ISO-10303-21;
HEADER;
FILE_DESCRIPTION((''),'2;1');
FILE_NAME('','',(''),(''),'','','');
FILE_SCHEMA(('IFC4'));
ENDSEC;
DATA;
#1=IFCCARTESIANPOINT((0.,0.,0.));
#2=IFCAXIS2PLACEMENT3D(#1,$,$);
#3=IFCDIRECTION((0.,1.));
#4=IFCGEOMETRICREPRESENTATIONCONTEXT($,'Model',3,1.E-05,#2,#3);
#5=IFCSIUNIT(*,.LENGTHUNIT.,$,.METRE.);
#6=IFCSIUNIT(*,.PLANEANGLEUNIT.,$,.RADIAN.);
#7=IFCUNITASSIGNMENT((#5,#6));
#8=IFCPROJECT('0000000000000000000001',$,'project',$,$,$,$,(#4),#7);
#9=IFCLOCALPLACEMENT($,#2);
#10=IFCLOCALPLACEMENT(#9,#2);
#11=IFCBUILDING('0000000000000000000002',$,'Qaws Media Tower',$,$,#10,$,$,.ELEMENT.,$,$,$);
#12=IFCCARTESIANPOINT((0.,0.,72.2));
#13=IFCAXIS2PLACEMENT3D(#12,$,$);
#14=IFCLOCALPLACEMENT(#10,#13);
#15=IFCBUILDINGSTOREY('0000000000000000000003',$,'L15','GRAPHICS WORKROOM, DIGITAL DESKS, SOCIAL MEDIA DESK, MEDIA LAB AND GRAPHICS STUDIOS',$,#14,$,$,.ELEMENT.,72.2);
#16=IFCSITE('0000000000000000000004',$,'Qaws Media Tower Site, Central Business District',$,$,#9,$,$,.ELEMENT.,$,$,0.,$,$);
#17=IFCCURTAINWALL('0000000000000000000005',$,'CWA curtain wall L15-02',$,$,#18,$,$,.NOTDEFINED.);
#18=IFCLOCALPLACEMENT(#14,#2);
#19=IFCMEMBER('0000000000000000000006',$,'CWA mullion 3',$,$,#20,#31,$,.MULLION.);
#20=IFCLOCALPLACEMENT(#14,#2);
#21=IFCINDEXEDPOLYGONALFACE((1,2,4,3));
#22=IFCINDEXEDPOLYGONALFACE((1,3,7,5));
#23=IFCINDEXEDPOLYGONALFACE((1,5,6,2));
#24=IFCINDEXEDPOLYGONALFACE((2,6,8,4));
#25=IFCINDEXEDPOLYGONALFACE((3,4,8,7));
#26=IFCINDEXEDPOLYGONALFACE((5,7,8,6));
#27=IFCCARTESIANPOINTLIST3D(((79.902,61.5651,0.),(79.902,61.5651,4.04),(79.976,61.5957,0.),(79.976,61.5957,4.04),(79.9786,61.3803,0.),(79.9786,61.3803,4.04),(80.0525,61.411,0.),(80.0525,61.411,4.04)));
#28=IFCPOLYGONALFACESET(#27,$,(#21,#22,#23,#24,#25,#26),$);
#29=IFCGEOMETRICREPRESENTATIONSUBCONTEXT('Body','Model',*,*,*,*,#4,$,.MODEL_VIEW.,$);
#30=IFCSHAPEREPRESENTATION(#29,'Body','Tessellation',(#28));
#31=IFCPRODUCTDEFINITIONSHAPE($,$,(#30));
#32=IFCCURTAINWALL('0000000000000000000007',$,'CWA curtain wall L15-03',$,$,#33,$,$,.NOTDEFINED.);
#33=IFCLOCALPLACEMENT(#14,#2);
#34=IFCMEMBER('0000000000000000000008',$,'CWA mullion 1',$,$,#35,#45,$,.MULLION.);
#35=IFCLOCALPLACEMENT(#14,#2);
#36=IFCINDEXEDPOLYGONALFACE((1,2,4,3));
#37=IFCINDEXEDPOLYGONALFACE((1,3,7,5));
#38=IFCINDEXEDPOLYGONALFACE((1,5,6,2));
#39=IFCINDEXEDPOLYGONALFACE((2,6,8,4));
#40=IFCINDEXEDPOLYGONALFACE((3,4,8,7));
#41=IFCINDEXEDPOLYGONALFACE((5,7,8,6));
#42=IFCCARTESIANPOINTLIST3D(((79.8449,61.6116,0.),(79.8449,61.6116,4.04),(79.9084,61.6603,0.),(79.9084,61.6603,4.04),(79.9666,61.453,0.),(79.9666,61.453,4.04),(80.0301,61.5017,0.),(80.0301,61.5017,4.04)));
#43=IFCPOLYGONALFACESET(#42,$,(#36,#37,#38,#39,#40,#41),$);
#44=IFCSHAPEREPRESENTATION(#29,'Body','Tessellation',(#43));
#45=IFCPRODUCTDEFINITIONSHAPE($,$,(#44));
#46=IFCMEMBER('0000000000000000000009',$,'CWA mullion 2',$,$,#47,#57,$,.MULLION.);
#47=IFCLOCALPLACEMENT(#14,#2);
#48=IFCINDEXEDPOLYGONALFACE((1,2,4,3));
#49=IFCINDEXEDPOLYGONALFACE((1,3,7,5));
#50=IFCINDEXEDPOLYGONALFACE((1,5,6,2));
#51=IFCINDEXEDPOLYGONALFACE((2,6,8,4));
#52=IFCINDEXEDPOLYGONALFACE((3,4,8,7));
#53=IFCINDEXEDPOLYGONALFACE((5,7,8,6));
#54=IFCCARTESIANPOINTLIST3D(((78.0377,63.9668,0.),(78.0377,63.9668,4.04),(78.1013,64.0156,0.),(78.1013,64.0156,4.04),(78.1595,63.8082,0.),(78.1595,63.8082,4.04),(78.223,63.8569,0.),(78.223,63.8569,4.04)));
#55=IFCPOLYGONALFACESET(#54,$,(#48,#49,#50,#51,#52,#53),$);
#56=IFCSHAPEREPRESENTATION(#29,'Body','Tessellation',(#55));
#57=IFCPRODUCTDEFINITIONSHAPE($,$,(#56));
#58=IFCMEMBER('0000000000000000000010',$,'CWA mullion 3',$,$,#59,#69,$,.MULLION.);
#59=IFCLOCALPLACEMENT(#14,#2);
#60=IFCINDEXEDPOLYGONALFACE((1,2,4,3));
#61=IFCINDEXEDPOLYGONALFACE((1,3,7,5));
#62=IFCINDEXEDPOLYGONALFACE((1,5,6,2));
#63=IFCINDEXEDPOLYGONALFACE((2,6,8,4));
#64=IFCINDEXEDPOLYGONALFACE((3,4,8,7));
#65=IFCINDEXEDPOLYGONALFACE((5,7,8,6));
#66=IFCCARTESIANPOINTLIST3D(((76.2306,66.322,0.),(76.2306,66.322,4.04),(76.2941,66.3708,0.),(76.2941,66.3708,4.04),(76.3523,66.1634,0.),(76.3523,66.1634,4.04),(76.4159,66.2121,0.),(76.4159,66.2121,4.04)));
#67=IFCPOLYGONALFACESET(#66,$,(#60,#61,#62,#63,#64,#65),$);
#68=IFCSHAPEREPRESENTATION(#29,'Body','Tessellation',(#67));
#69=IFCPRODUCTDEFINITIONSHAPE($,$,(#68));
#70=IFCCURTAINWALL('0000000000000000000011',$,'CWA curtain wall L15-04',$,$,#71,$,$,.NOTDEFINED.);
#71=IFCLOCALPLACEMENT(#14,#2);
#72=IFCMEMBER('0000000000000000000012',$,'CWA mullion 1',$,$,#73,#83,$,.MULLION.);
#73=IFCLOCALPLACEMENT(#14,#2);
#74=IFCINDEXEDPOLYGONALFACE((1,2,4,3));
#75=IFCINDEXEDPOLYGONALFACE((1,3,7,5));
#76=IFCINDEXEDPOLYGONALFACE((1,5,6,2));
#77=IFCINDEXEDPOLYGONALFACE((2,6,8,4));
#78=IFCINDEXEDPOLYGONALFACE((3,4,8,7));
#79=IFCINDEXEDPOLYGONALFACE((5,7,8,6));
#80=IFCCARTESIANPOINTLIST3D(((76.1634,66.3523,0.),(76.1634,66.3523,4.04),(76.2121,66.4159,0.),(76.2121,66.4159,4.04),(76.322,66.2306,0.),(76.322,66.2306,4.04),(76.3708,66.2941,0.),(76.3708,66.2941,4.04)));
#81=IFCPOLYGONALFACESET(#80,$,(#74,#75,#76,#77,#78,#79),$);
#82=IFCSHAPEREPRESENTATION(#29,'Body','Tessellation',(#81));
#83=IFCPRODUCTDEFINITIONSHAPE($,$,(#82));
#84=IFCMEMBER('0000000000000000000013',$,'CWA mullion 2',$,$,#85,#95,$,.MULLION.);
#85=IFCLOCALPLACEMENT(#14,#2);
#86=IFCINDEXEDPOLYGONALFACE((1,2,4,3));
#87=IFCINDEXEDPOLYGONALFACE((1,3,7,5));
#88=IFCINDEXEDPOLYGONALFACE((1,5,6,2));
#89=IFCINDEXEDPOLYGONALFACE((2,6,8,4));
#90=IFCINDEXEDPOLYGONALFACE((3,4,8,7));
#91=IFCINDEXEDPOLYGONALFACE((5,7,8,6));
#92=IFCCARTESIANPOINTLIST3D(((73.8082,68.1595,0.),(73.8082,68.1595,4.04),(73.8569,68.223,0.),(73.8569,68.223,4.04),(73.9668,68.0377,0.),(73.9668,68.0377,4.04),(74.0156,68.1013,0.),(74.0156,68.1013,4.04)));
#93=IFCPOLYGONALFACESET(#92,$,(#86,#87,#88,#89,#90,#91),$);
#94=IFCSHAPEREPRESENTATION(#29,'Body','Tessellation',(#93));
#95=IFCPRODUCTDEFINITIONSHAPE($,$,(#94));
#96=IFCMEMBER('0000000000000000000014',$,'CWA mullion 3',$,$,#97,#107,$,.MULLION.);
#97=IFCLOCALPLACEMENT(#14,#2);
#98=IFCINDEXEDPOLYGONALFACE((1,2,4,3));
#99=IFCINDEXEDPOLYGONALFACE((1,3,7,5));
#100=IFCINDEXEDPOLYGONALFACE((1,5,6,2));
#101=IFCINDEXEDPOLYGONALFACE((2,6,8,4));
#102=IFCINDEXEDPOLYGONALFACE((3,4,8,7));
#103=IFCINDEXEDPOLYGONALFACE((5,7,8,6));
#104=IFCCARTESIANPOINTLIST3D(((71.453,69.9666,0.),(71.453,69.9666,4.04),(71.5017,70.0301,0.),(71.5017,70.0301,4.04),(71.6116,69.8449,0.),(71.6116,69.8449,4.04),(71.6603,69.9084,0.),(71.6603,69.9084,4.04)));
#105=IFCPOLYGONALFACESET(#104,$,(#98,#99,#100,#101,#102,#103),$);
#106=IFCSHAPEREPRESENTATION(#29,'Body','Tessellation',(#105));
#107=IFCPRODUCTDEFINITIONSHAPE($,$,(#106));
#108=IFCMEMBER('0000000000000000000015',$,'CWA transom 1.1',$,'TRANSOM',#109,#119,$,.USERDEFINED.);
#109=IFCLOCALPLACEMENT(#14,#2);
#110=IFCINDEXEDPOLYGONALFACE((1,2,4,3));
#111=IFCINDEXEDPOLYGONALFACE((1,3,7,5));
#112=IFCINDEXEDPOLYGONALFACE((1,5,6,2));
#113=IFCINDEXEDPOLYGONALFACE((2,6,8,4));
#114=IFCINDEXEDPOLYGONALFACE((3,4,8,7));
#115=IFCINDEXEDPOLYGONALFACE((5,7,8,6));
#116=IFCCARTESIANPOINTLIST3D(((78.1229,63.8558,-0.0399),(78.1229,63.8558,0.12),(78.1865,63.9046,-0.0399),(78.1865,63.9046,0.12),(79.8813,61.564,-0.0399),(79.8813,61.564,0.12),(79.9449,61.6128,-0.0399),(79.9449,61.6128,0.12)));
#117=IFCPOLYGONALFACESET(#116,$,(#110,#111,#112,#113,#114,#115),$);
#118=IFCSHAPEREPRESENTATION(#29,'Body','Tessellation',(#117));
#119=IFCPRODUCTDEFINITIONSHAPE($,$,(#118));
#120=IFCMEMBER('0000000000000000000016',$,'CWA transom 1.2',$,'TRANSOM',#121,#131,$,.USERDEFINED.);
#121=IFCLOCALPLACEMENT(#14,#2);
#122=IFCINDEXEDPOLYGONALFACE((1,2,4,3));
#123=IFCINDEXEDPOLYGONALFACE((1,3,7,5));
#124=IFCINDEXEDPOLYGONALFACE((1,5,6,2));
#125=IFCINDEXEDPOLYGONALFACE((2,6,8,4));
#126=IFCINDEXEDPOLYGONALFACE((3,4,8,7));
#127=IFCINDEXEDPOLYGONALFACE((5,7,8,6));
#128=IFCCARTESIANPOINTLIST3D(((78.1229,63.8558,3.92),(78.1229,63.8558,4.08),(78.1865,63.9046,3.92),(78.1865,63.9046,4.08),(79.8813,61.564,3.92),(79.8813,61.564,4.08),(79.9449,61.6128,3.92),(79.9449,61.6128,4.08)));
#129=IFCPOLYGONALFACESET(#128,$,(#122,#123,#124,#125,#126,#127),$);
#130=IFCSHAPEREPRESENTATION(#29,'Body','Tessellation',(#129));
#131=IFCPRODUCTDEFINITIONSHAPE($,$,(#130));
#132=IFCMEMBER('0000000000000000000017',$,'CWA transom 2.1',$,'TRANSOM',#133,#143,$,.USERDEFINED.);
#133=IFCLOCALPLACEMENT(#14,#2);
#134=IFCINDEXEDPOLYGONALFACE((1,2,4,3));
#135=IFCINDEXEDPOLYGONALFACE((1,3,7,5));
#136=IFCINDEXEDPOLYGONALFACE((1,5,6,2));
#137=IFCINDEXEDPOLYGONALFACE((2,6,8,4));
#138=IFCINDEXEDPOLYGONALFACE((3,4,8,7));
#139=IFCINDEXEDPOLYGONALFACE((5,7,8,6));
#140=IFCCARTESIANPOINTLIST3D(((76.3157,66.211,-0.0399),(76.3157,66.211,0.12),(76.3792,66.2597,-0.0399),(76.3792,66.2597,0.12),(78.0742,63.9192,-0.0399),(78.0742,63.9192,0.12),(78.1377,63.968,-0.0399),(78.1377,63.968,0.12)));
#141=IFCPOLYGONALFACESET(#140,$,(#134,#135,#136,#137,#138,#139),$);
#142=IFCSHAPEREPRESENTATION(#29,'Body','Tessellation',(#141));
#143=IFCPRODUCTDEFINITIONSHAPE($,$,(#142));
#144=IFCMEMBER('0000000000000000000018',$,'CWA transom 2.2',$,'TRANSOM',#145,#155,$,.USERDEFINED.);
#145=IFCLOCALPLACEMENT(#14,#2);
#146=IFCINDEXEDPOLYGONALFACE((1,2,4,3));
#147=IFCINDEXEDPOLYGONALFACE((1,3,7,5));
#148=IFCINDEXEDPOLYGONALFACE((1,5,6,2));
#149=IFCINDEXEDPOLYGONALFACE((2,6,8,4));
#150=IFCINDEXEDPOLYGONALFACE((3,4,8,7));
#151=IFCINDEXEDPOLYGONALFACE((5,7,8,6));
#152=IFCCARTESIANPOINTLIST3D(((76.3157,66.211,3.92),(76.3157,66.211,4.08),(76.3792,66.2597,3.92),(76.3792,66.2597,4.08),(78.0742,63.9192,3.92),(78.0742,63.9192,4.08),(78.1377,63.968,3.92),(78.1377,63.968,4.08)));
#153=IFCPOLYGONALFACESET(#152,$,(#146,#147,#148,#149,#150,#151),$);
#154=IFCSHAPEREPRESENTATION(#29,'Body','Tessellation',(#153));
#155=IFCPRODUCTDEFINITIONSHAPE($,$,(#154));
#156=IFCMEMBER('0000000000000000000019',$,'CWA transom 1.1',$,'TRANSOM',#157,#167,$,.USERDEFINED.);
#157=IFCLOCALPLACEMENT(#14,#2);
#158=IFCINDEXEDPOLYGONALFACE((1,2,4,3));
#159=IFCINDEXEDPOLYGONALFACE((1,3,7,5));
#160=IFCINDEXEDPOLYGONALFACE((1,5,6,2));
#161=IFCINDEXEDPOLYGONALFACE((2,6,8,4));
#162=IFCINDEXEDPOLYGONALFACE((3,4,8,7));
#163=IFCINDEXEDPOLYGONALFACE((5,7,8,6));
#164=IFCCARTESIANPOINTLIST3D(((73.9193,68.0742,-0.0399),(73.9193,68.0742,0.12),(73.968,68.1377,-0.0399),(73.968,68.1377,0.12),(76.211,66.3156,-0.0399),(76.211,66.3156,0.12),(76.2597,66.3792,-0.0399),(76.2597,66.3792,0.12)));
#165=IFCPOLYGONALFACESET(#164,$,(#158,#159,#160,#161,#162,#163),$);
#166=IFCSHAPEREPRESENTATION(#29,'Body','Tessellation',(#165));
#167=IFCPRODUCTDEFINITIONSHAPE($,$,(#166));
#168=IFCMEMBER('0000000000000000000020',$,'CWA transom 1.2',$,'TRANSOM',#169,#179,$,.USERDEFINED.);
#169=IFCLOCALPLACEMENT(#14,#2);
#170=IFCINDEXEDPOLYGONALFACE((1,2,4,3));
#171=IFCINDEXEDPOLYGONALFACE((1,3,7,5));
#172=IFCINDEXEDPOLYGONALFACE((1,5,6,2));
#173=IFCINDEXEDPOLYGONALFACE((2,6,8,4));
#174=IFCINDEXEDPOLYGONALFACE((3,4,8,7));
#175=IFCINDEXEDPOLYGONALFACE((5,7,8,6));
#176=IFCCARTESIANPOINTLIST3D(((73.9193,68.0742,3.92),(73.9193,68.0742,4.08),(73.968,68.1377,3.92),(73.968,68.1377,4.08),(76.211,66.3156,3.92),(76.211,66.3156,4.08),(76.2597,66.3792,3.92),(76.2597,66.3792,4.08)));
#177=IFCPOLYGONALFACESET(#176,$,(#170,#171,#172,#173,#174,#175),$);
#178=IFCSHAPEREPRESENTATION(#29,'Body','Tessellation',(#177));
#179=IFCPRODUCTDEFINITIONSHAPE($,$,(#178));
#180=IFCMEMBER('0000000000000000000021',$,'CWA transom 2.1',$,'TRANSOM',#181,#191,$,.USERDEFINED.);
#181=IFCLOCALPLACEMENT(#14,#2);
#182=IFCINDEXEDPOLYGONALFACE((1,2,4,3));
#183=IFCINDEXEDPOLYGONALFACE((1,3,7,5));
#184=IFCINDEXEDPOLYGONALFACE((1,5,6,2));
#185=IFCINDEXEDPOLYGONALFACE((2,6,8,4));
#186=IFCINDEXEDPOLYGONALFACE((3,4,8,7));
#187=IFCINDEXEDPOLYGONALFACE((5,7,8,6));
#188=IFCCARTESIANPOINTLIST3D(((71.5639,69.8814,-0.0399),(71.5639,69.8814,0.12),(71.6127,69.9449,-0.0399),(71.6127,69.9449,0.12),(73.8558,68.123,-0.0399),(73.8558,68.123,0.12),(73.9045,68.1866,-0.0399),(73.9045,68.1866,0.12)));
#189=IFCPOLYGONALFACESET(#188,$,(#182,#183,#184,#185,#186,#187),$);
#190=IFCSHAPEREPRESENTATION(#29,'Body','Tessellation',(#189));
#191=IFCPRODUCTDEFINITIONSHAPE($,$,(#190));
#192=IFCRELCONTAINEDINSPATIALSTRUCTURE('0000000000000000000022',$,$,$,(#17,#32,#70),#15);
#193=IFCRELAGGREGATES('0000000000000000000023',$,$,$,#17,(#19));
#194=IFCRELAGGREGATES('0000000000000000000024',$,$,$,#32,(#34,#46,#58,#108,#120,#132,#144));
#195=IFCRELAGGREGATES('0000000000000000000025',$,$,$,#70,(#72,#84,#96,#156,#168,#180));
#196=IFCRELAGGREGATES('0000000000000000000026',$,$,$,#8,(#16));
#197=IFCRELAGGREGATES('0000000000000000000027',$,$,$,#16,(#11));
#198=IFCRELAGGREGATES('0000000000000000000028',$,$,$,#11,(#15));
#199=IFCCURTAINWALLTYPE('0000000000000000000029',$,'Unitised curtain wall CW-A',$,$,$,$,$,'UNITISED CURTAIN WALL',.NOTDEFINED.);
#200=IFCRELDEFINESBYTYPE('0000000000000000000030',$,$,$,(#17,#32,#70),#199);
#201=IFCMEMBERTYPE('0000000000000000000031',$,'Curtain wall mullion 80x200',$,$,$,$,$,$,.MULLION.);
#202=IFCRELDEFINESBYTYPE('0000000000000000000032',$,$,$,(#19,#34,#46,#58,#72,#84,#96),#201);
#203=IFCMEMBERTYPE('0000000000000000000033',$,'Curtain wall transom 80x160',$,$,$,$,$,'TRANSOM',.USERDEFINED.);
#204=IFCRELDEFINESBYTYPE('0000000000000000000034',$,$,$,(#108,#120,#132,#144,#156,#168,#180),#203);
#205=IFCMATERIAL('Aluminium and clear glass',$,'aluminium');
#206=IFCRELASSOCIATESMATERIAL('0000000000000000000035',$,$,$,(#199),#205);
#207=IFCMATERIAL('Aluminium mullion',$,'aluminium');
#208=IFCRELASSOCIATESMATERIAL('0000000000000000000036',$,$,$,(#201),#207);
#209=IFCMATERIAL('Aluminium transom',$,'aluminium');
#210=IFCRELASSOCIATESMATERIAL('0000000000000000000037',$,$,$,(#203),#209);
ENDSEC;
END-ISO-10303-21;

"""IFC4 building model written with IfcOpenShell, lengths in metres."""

from ifc_helpers import new_model, si_unit, direction, frame, origin, origin_2d, place, context, subcontext, project, spatial, rectangle, extrude, material, material_profile, profile_set, type_object, element, aggregate, save


model = new_model("IFC4")

# Units and contexts
model_context = context("Model", 3, precision=1e-05, world=origin(), true_north=direction((0.0, 1.0)))
body_context = subcontext(model_context, "Body", "Model", "MODEL_VIEW")
ifc_project = project(units=[si_unit("LENGTHUNIT", "METRE"), si_unit("PLANEANGLEUNIT", "RADIAN")], contexts=[model_context])

# Site, building, storey
site_placement = place(None, origin())
site = spatial("IfcSite", under=ifc_project, at=site_placement, Name="Qaws Media Tower Site, Central Business District", CompositionType="ELEMENT", RefElevation=0.0)
building_placement = place(site_placement, origin())
building = spatial("IfcBuilding", under=site, at=building_placement, Name="Qaws Media Tower", CompositionType="ELEMENT")
storey_placement = place(building_placement, frame((0.0, 0.0, 72.2)))
storey = spatial("IfcBuildingStorey", under=building, at=storey_placement, Name="L15", Description="GRAPHICS WORKROOM, DIGITAL DESKS, SOCIAL MEDIA DESK, MEDIA LAB AND GRAPHICS STUDIOS", CompositionType="ELEMENT", Elevation=72.2)

# Curtain wall, member
ifc_material_1 = material(Name="Aluminium and clear glass", Category="aluminium")
curtain_wall_type = type_object("IfcCurtainWallType", Name="Unitised curtain wall CW-A", ElementType="UNITISED CURTAIN WALL", PredefinedType="NOTDEFINED", material=ifc_material_1)
curtain_wall_1_placement = place(storey_placement, origin())
curtain_wall_1 = element("IfcCurtainWall", 1, at=curtain_wall_1_placement, inside=storey, type_object=curtain_wall_type, Name="CWA curtain wall L15-02", PredefinedType="NOTDEFINED")
ifc_material_2 = material(Name="Aluminium mullion", Category="aluminium")
ifc_material_profile_1 = material_profile(ifc_material_2, rectangle(XDim=0.0801, YDim=0.2, at=origin_2d()), Name="80x200")
ifc_profile_set_1 = profile_set([ifc_material_profile_1], Name="Aluminium mullion")
member_type_1 = type_object("IfcMemberType", Name="Curtain wall mullion 80x200", PredefinedType="MULLION", material=ifc_profile_set_1)
member_1_placement = place(storey_placement, frame((79.9773, 61.488, 0.0), z_axis=(0.0, 0.0, 1.0), x_axis=(-0.92388, -0.382683, 0.0)))
member_1 = element("IfcMember", 2, at=member_1_placement, type_object=member_type_1, Name="CWA mullion 3", PredefinedType="MULLION", context=body_context, shape_type="SweptSolid", body=[
    extrude(rectangle(XDim=0.0801, YDim=0.2, at=origin_2d()), origin(), (0.0, 0.0, 1.0), 4.04),
])
aggregate(curtain_wall_1, [member_1])

# Curtain walls, members
curtain_wall_2_placement = place(storey_placement, origin())
curtain_wall_2 = element("IfcCurtainWall", 3, at=curtain_wall_2_placement, inside=storey, type_object=curtain_wall_type, Name="CWA curtain wall L15-03", PredefinedType="NOTDEFINED")
member_2_placement = place(storey_placement, frame((79.9375, 61.5566, 0.0), z_axis=(0.0, 0.0, 1.0), x_axis=(-0.793353, -0.608762, 0.0)))
member_2 = element("IfcMember", 4, at=member_2_placement, type_object=member_type_1, Name="CWA mullion 1", PredefinedType="MULLION", context=body_context, shape_type="SweptSolid", body=[
    extrude(rectangle(XDim=0.0801, YDim=0.2, at=origin_2d()), origin(), (0.0, 0.0, 1.0), 4.04),
])
member_3_placement = place(storey_placement, frame((78.1304, 63.9119, 0.0), z_axis=(0.0, 0.0, 1.0), x_axis=(-0.793353, -0.608762, 0.0)))
member_3 = element("IfcMember", 5, at=member_3_placement, type_object=member_type_1, Name="CWA mullion 2", PredefinedType="MULLION", context=body_context, shape_type="SweptSolid", body=[
    extrude(rectangle(XDim=0.0801, YDim=0.2, at=origin_2d()), origin(), (0.0, 0.0, 1.0), 4.04),
])
member_4_placement = place(storey_placement, frame((76.3232, 66.2671, 0.0), z_axis=(0.0, 0.0, 1.0), x_axis=(-0.793353, -0.608762, 0.0)))
member_4 = element("IfcMember", 6, at=member_4_placement, type_object=member_type_1, Name="CWA mullion 3", PredefinedType="MULLION", context=body_context, shape_type="SweptSolid", body=[
    extrude(rectangle(XDim=0.0801, YDim=0.2, at=origin_2d()), origin(), (0.0, 0.0, 1.0), 4.04),
])
curtain_wall_3_placement = place(storey_placement, origin())
curtain_wall_3 = element("IfcCurtainWall", 7, at=curtain_wall_3_placement, inside=storey, type_object=curtain_wall_type, Name="CWA curtain wall L15-04", PredefinedType="NOTDEFINED")
member_5_placement = place(storey_placement, frame((76.2671, 66.3232, 0.0), z_axis=(0.0, 0.0, 1.0), x_axis=(-0.608762, -0.793353, 0.0)))
member_5 = element("IfcMember", 8, at=member_5_placement, type_object=member_type_1, Name="CWA mullion 1", PredefinedType="MULLION", context=body_context, shape_type="SweptSolid", body=[
    extrude(rectangle(XDim=0.0801, YDim=0.2, at=origin_2d()), origin(), (0.0, 0.0, 1.0), 4.04),
])
member_6_placement = place(storey_placement, frame((73.9119, 68.1304, 0.0), z_axis=(0.0, 0.0, 1.0), x_axis=(-0.608762, -0.793353, 0.0)))
member_6 = element("IfcMember", 9, at=member_6_placement, type_object=member_type_1, Name="CWA mullion 2", PredefinedType="MULLION", context=body_context, shape_type="SweptSolid", body=[
    extrude(rectangle(XDim=0.0801, YDim=0.2, at=origin_2d()), origin(), (0.0, 0.0, 1.0), 4.04),
])
member_7_placement = place(storey_placement, frame((71.5566, 69.9375, 0.0), z_axis=(0.0, 0.0, 1.0), x_axis=(-0.608762, -0.793353, 0.0)))
member_7 = element("IfcMember", 10, at=member_7_placement, type_object=member_type_1, Name="CWA mullion 3", PredefinedType="MULLION", context=body_context, shape_type="SweptSolid", body=[
    extrude(rectangle(XDim=0.0801, YDim=0.2, at=origin_2d()), origin(), (0.0, 0.0, 1.0), 4.04),
])

# Members
ifc_material_3 = material(Name="Aluminium transom", Category="aluminium")
ifc_material_profile_2 = material_profile(ifc_material_3, rectangle(XDim=0.0801, YDim=0.1599, at=origin_2d()), Name="80x160")
ifc_profile_set_2 = profile_set([ifc_material_profile_2], Name="Aluminium transom")
member_type_2 = type_object("IfcMemberType", Name="Curtain wall transom 80x160", ElementType="TRANSOM", PredefinedType="USERDEFINED", material=ifc_profile_set_2)
member_8_placement = place(storey_placement, frame((79.9131, 61.5884, 0.04), z_axis=(-0.608714, 0.79339, 0.0), x_axis=(-0.79339, -0.608714, 0.0)))
member_8 = element("IfcMember", 11, at=member_8_placement, type_object=member_type_2, Name="CWA transom 1.1", ObjectType="TRANSOM", PredefinedType="USERDEFINED", context=body_context, shape_type="SweptSolid", body=[
    extrude(rectangle(XDim=0.0801, YDim=0.1599, at=origin_2d()), origin(), (0.0, 0.0, 1.0), 2.8887),
])
member_9_placement = place(storey_placement, frame((79.9131, 61.5884, 4.0), z_axis=(-0.608714, 0.79339, 0.0), x_axis=(-0.79339, -0.608714, 0.0)))
member_9 = element("IfcMember", 12, at=member_9_placement, type_object=member_type_2, Name="CWA transom 1.2", ObjectType="TRANSOM", PredefinedType="USERDEFINED", context=body_context, shape_type="SweptSolid", body=[
    extrude(rectangle(XDim=0.0801, YDim=0.1599, at=origin_2d()), origin(), (0.0, 0.0, 1.0), 2.8887),
])
member_10_placement = place(storey_placement, frame((78.106, 63.9436, 0.04), z_axis=(-0.608767, 0.793349, 0.0), x_axis=(-0.793349, -0.608767, 0.0)))
member_10 = element("IfcMember", 13, at=member_10_placement, type_object=member_type_2, Name="CWA transom 2.1", ObjectType="TRANSOM", PredefinedType="USERDEFINED", context=body_context, shape_type="SweptSolid", body=[
    extrude(rectangle(XDim=0.0801, YDim=0.1599, at=origin_2d()), origin(), (0.0, 0.0, 1.0), 2.8887),
])
member_11_placement = place(storey_placement, frame((78.106, 63.9436, 4.0), z_axis=(-0.608767, 0.793349, 0.0), x_axis=(-0.793349, -0.608767, 0.0)))
member_11 = element("IfcMember", 14, at=member_11_placement, type_object=member_type_2, Name="CWA transom 2.2", ObjectType="TRANSOM", PredefinedType="USERDEFINED", context=body_context, shape_type="SweptSolid", body=[
    extrude(rectangle(XDim=0.0801, YDim=0.1599, at=origin_2d()), origin(), (0.0, 0.0, 1.0), 2.8887),
])
member_12_placement = place(storey_placement, frame((76.2354, 66.3474, 0.04), z_axis=(-0.793349, 0.608767, 0.0), x_axis=(-0.608767, -0.793349, 0.0)))
member_12 = element("IfcMember", 15, at=member_12_placement, type_object=member_type_2, Name="CWA transom 1.1", ObjectType="TRANSOM", PredefinedType="USERDEFINED", context=body_context, shape_type="SweptSolid", body=[
    extrude(rectangle(XDim=0.0801, YDim=0.1599, at=origin_2d()), origin(), (0.0, 0.0, 1.0), 2.8887),
])
member_13_placement = place(storey_placement, frame((76.2354, 66.3474, 4.0), z_axis=(-0.793349, 0.608767, 0.0), x_axis=(-0.608767, -0.793349, 0.0)))
member_13 = element("IfcMember", 16, at=member_13_placement, type_object=member_type_2, Name="CWA transom 1.2", ObjectType="TRANSOM", PredefinedType="USERDEFINED", context=body_context, shape_type="SweptSolid", body=[
    extrude(rectangle(XDim=0.0801, YDim=0.1599, at=origin_2d()), origin(), (0.0, 0.0, 1.0), 2.8887),
])
member_14_placement = place(storey_placement, frame((73.8801, 68.1548, 0.04), z_axis=(-0.79339, 0.608714, 0.0), x_axis=(-0.608714, -0.79339, 0.0)))
member_14 = element("IfcMember", 17, at=member_14_placement, type_object=member_type_2, Name="CWA transom 2.1", ObjectType="TRANSOM", PredefinedType="USERDEFINED", context=body_context, shape_type="SweptSolid", body=[
    extrude(rectangle(XDim=0.0801, YDim=0.1599, at=origin_2d()), origin(), (0.0, 0.0, 1.0), 2.8887),
])

aggregate(curtain_wall_2, [member_2, member_3, member_4, member_8, member_9, member_10, member_11])
aggregate(curtain_wall_3, [member_5, member_6, member_7, member_12, member_13, member_14])

save(model, "model.ifc")
